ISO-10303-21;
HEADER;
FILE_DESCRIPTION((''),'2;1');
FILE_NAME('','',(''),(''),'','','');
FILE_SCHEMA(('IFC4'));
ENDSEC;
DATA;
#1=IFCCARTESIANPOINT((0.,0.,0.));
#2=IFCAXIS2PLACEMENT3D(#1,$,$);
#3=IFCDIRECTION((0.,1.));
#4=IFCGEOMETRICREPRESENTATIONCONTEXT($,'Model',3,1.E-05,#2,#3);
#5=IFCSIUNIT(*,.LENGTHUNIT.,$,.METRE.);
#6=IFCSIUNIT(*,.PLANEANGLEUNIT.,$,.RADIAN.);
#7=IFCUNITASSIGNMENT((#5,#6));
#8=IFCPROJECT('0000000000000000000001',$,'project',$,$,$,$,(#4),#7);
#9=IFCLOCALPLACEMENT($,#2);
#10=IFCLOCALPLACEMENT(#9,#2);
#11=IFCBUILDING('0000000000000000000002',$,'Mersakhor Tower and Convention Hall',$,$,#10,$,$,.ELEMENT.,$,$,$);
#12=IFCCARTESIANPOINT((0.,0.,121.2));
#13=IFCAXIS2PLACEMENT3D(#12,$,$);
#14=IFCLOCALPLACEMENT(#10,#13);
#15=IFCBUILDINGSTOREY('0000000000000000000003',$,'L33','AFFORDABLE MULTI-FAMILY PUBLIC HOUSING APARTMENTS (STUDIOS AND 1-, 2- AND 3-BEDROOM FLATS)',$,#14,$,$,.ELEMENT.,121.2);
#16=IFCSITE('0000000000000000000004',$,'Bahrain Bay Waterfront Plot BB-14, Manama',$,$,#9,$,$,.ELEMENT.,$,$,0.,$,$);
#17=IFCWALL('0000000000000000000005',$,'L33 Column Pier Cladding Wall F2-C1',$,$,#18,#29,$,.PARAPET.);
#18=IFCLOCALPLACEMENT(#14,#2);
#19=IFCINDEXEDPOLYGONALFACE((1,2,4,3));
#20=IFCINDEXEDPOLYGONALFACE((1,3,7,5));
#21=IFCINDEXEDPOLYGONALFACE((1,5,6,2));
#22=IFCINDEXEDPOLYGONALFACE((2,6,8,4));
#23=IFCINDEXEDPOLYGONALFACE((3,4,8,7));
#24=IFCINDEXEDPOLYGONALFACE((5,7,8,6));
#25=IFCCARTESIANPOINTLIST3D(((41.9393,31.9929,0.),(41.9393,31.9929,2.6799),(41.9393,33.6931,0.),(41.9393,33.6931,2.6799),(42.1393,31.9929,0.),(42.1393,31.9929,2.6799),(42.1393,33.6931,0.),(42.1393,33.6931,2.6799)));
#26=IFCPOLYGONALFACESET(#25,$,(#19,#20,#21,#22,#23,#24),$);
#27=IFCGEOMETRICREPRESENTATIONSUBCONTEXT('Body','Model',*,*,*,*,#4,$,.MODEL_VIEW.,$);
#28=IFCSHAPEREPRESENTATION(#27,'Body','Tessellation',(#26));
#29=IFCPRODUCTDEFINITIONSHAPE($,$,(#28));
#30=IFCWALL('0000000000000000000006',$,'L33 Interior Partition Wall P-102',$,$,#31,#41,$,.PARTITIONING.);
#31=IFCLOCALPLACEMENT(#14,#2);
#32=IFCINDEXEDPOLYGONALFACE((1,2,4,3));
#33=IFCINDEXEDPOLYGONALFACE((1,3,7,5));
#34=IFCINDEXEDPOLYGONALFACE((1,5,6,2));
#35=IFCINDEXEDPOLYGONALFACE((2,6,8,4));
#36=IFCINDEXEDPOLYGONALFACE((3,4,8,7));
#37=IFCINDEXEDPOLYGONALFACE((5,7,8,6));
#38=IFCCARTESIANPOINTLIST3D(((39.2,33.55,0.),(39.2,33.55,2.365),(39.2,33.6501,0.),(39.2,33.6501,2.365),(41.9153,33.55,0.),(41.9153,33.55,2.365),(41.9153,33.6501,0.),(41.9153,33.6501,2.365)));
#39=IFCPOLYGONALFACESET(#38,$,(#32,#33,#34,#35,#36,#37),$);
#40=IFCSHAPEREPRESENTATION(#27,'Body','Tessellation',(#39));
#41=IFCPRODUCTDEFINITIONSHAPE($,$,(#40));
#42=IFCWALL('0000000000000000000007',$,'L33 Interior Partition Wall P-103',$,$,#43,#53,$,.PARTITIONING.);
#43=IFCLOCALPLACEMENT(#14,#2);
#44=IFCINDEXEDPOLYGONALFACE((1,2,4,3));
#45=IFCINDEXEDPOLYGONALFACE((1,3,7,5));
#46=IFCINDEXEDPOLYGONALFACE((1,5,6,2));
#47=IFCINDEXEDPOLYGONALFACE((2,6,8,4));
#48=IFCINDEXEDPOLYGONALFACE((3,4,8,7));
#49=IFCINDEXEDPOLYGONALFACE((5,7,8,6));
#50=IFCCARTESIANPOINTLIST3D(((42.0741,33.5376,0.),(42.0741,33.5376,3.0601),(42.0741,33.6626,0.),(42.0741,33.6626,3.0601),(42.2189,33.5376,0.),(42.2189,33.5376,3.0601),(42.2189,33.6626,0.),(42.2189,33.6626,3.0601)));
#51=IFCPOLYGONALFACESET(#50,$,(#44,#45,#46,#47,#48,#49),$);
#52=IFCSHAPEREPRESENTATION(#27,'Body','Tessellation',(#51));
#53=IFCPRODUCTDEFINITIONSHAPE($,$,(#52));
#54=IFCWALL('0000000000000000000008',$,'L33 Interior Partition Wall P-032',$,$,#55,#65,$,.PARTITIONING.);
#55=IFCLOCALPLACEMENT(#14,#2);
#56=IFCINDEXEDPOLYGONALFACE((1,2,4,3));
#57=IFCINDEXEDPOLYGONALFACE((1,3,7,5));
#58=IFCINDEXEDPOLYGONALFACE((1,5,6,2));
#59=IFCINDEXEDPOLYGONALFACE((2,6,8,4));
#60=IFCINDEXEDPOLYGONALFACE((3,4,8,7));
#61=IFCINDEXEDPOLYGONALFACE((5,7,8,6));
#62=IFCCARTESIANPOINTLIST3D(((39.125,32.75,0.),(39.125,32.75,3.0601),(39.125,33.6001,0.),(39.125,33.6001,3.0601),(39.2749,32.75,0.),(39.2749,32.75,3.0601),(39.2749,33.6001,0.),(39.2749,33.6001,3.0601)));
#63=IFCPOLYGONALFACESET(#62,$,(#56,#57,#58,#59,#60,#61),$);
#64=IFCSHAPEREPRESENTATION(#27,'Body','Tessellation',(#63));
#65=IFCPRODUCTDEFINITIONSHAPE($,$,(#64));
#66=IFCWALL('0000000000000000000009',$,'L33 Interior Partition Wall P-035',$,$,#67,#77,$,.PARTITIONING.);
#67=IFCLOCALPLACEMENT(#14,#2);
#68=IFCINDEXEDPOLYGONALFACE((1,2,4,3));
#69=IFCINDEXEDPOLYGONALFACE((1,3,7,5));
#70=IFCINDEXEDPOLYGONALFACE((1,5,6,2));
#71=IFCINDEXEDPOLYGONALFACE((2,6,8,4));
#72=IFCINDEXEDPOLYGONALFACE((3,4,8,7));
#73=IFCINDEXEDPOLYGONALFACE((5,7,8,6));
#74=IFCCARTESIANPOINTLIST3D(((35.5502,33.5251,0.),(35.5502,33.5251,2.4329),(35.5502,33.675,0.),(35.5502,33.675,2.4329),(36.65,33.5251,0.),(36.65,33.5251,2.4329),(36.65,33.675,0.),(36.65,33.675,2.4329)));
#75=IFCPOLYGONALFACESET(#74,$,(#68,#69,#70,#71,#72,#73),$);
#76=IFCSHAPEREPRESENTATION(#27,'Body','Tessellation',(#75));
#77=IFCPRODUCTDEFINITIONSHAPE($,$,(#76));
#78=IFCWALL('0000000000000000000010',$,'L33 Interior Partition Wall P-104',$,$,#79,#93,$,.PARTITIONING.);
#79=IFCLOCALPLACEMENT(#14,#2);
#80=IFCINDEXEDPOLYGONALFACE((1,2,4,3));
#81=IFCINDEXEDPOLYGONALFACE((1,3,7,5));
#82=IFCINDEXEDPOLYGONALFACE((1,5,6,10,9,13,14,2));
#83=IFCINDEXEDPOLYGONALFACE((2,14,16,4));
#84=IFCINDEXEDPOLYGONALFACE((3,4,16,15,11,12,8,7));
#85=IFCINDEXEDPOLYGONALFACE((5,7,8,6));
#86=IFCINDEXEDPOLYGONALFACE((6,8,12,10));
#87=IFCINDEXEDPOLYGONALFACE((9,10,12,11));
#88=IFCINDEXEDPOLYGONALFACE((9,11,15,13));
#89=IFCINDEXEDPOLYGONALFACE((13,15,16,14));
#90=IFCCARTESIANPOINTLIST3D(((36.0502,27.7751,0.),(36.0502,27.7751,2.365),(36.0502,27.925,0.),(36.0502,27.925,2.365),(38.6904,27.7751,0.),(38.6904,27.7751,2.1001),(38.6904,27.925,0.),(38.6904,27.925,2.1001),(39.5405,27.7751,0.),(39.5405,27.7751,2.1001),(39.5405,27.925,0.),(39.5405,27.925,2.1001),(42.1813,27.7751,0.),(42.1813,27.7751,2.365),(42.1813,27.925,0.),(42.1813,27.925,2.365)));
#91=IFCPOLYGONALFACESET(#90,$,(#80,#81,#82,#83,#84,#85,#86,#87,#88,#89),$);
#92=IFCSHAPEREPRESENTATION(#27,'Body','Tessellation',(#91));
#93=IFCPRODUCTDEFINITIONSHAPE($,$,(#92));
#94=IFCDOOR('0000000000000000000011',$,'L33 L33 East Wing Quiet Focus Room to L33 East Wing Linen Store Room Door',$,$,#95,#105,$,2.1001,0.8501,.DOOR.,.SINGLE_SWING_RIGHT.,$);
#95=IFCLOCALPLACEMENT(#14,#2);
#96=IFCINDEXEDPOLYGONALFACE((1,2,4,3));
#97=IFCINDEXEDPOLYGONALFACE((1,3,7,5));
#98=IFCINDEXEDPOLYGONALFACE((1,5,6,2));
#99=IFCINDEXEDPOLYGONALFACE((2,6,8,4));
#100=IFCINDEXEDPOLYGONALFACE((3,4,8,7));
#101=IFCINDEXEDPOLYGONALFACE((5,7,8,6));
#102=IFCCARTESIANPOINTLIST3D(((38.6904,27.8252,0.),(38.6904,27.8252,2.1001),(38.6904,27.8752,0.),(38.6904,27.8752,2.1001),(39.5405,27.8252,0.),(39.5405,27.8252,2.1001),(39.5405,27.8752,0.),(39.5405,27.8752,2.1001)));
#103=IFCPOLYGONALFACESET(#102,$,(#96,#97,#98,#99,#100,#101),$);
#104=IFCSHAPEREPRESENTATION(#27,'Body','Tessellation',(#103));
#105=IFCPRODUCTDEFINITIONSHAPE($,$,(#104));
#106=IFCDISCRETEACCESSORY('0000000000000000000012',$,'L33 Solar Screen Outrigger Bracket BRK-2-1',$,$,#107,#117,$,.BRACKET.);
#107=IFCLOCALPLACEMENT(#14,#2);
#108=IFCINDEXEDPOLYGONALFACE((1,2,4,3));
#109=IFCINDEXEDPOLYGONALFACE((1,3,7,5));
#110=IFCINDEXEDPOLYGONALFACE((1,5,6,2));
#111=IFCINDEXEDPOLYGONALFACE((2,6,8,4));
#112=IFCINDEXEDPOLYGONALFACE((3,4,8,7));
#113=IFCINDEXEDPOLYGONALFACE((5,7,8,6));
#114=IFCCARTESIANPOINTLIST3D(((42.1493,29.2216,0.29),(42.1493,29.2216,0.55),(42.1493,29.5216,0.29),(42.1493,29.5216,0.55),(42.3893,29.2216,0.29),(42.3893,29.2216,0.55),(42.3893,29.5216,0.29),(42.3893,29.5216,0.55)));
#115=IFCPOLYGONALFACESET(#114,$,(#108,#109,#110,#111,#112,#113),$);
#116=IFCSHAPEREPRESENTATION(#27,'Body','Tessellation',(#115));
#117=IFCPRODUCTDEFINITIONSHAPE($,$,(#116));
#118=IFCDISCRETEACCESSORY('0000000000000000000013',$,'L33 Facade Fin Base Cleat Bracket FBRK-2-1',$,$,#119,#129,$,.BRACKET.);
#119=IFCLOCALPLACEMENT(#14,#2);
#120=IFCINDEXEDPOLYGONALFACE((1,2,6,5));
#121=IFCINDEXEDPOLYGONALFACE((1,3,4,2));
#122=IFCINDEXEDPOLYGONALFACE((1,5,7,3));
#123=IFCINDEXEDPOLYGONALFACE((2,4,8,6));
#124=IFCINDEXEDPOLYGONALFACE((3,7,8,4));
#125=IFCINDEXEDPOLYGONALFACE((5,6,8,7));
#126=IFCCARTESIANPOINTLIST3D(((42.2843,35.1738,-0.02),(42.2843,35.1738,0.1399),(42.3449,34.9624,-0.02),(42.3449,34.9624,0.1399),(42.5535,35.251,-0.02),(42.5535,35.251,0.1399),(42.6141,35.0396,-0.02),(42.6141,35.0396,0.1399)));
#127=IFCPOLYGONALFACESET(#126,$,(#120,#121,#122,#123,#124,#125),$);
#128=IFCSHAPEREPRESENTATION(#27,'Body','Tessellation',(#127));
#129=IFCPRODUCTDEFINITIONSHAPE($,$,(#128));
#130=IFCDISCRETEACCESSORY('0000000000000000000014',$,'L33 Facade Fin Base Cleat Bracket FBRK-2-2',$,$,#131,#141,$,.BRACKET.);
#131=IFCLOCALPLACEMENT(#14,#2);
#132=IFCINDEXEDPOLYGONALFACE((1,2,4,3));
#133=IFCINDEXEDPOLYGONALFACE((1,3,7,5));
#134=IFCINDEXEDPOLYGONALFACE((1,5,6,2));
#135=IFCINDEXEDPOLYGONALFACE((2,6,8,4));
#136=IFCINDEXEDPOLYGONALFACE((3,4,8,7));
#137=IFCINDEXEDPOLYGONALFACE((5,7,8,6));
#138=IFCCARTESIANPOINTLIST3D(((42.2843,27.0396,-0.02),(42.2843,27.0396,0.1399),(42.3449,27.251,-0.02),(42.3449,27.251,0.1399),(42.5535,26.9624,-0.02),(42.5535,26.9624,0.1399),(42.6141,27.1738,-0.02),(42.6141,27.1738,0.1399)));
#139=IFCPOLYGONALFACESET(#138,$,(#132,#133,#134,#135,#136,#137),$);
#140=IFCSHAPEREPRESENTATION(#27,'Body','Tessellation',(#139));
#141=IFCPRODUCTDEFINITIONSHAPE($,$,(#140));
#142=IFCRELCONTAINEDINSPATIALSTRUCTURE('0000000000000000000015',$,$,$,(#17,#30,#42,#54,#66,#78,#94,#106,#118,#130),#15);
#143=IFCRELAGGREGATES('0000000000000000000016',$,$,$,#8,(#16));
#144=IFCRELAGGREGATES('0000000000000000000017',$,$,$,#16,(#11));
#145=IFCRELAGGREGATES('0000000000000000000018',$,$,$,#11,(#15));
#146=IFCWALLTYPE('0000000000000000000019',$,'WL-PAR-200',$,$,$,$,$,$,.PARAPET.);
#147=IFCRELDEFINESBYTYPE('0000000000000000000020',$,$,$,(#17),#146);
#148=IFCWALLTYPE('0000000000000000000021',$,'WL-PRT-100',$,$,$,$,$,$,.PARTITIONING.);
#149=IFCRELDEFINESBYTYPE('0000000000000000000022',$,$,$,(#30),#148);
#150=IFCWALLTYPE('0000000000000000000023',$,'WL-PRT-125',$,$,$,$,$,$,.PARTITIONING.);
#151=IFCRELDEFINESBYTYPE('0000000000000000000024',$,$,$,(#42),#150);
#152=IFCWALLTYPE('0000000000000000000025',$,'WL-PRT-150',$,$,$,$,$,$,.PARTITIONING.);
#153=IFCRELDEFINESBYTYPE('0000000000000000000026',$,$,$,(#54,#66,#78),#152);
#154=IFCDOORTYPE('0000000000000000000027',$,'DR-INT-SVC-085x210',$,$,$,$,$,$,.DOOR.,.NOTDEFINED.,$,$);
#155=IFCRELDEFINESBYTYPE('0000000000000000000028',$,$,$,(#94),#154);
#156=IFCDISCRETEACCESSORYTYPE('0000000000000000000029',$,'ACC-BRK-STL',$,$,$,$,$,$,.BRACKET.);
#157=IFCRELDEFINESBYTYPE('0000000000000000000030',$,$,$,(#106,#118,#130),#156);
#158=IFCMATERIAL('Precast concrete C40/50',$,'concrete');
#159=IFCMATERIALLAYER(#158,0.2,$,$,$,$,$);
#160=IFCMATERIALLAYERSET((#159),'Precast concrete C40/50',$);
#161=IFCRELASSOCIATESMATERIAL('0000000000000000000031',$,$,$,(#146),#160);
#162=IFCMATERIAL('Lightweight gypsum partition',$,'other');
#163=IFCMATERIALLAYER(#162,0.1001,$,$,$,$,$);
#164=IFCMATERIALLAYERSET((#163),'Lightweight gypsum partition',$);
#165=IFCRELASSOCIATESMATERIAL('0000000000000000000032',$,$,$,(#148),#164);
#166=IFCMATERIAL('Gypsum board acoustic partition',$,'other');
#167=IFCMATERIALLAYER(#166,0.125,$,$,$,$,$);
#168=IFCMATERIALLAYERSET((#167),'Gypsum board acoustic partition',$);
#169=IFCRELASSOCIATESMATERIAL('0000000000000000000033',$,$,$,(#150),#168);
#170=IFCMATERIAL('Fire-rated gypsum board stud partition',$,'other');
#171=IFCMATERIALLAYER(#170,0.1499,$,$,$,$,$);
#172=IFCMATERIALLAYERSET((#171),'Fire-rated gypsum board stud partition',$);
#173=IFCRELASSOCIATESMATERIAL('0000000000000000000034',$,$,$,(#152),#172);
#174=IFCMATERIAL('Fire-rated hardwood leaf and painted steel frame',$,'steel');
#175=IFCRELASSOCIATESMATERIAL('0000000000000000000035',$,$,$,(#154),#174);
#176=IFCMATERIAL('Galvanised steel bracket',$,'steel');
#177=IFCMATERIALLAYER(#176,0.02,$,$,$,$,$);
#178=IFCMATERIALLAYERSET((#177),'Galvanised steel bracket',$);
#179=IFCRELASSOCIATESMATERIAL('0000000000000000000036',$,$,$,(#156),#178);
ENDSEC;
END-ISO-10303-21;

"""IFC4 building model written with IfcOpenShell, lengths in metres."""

from ifc_helpers import new_model, si_unit, direction, frame, frame_2d, origin, origin_2d, place, context, subcontext, project, spatial, rectangle, extrude, material, layer, layer_set, type_object, element, fill, save


model = new_model("IFC4")

# Units and contexts
model_context = context("Model", 3, precision=1e-05, world=origin(), true_north=direction((0.0, 1.0)))
body_context = subcontext(model_context, "Body", "Model", "MODEL_VIEW")
ifc_project = project(units=[si_unit("LENGTHUNIT", "METRE"), si_unit("PLANEANGLEUNIT", "RADIAN")], contexts=[model_context])

# Site, building, storey
site_placement = place(None, origin())
site = spatial("IfcSite", under=ifc_project, at=site_placement, Name="Bahrain Bay Waterfront Plot BB-14, Manama", CompositionType="ELEMENT", RefElevation=0.0)
building_placement = place(site_placement, origin())
building = spatial("IfcBuilding", under=site, at=building_placement, Name="Mersakhor Tower and Convention Hall", CompositionType="ELEMENT")
storey_placement = place(building_placement, frame((0.0, 0.0, 121.2)))
storey = spatial("IfcBuildingStorey", under=building, at=storey_placement, Name="L33", Description="AFFORDABLE MULTI-FAMILY PUBLIC HOUSING APARTMENTS (STUDIOS AND 1-, 2- AND 3-BEDROOM FLATS)", CompositionType="ELEMENT", Elevation=121.2)

# Walls
ifc_material_1 = material(Name="Precast concrete C40/50", Category="concrete")
ifc_layer_1 = layer(ifc_material_1, 0.2)
ifc_layer_set_1 = layer_set([ifc_layer_1], Name="Precast concrete C40/50")
wall_type_1 = type_object("IfcWallType", Name="WL-PAR-200", PredefinedType="PARAPET", material=ifc_layer_set_1)
wall_1_placement = place(storey_placement, frame((42.0393, 33.6931, 0.0), z_axis=(0.0, 0.0, 1.0), x_axis=(0.0, -1.0, 0.0)))
element("IfcWall", 1, at=wall_1_placement, inside=storey, type_object=wall_type_1, Name="L33 Column Pier Cladding Wall F2-C1", PredefinedType="PARAPET", context=body_context, shape_type="SweptSolid", body=[
    extrude(rectangle(XDim=1.7002, YDim=0.2, at=frame_2d((0.8501, 0.0))), origin(), (0.0, 0.0, 1.0), 2.6799),
])
ifc_material_2 = material(Name="Lightweight gypsum partition", Category="other")
ifc_layer_2 = layer(ifc_material_2, 0.1001)
ifc_layer_set_2 = layer_set([ifc_layer_2], Name="Lightweight gypsum partition")
wall_type_2 = type_object("IfcWallType", Name="WL-PRT-100", PredefinedType="PARTITIONING", material=ifc_layer_set_2)
wall_2_placement = place(storey_placement, frame((39.2, 33.6001, 0.0), z_axis=(0.0, 0.0, 1.0), x_axis=(1.0, 0.0, 0.0)))
element("IfcWall", 2, at=wall_2_placement, inside=storey, type_object=wall_type_2, Name="L33 Interior Partition Wall P-102", PredefinedType="PARTITIONING", context=body_context, shape_type="SweptSolid", body=[
    extrude(rectangle(XDim=2.7153, YDim=0.1001, at=frame_2d((1.3577, 0.0))), origin(), (0.0, 0.0, 1.0), 2.365),
])
ifc_material_3 = material(Name="Gypsum board acoustic partition", Category="other")
ifc_layer_3 = layer(ifc_material_3, 0.125)
ifc_layer_set_3 = layer_set([ifc_layer_3], Name="Gypsum board acoustic partition")
wall_type_3 = type_object("IfcWallType", Name="WL-PRT-125", PredefinedType="PARTITIONING", material=ifc_layer_set_3)
wall_3_placement = place(storey_placement, frame((42.0742, 33.6001, 0.0), z_axis=(0.0, 0.0, 1.0), x_axis=(1.0, 0.0, 0.0)))
element("IfcWall", 3, at=wall_3_placement, inside=storey, type_object=wall_type_3, Name="L33 Interior Partition Wall P-103", PredefinedType="PARTITIONING", context=body_context, shape_type="SweptSolid", body=[
    extrude(rectangle(XDim=0.1448, YDim=0.125, at=frame_2d((0.0723, 0.0))), origin(), (0.0, 0.0, 1.0), 3.0601),
])
ifc_material_4 = material(Name="Fire-rated gypsum board stud partition", Category="other")
ifc_layer_4 = layer(ifc_material_4, 0.1499)
ifc_layer_set_4 = layer_set([ifc_layer_4], Name="Fire-rated gypsum board stud partition")
wall_type_4 = type_object("IfcWallType", Name="WL-PRT-150", PredefinedType="PARTITIONING", material=ifc_layer_set_4)
wall_4_placement = place(storey_placement, frame((39.2, 33.6001, 0.0), z_axis=(0.0, 0.0, 1.0), x_axis=(0.0, -1.0, 0.0)))
element("IfcWall", 4, at=wall_4_placement, inside=storey, type_object=wall_type_4, Name="L33 Interior Partition Wall P-032", PredefinedType="PARTITIONING", context=body_context, shape_type="SweptSolid", body=[
    extrude(rectangle(XDim=0.8501, YDim=0.1499, at=frame_2d((0.425, 0.0))), origin(), (0.0, 0.0, 1.0), 3.0601),
])

# Wall
wall_5_placement = place(storey_placement, frame((36.6499, 33.6001, 0.0), z_axis=(0.0, 0.0, 1.0), x_axis=(-1.0, 0.0, 0.0)))
element("IfcWall", 5, at=wall_5_placement, inside=storey, type_object=wall_type_4, Name="L33 Interior Partition Wall P-035", PredefinedType="PARTITIONING", context=body_context, shape_type="SweptSolid", body=[
    extrude(rectangle(XDim=1.0999, YDim=0.1499, at=frame_2d((0.5498, 0.0))), origin(), (0.0, 0.0, 1.0), 2.4329),
])

# Wall, opening, door
wall_6_placement = place(storey_placement, frame((42.1812, 27.8501, 0.0), z_axis=(0.0, 0.0, 1.0), x_axis=(-1.0, 0.0, 0.0)))
wall_6 = element("IfcWall", 6, at=wall_6_placement, inside=storey, type_object=wall_type_4, Name="L33 Interior Partition Wall P-104", PredefinedType="PARTITIONING", context=body_context, shape_type="SweptSolid", body=[
    extrude(rectangle(XDim=6.1311, YDim=0.1499, at=frame_2d((3.0654, 0.0))), origin(), (0.0, 0.0, 1.0), 2.365),
])
opening_1_placement = place(wall_6_placement, frame((2.6406, 0.0, 0.0)))
opening_1 = element("IfcOpeningElement", 7, at=opening_1_placement, cuts=wall_6, PredefinedType="OPENING", context=body_context, shape_type="SweptSolid", body=[
    extrude(rectangle(XDim=0.8501, YDim=2.1001, at=frame_2d((0.425, 1.05))), frame((0.0, 0.085, 0.0), z_axis=(0.0, -1.0, 0.0), x_axis=(1.0, 0.0, 0.0)), (0.0, 0.0, 1.0), 0.1699),
])
ifc_material_5 = material(Name="Fire-rated hardwood leaf and painted steel frame", Category="steel")
door_type_1 = type_object("IfcDoorType", Name="DR-INT-SVC-085x210", OperationType="NOTDEFINED", PredefinedType="DOOR", material=ifc_material_5)
door_1_placement = place(opening_1_placement, origin())
door_1 = element("IfcDoor", 8, at=door_1_placement, inside=storey, type_object=door_type_1, Name="L33 L33 East Wing Quiet Focus Room to L33 East Wing Linen Store Room Door", OperationType="SINGLE_SWING_RIGHT", OverallHeight=2.1001, OverallWidth=0.8501, PredefinedType="DOOR", context=body_context, shape_type="SweptSolid", body=[
    extrude(rectangle(XDim=0.8501, YDim=2.1001, at=frame_2d((0.425, 1.05))), frame((0.0, 0.0249, 0.0), z_axis=(0.0, -1.0, 0.0), x_axis=(1.0, 0.0, 0.0)), (0.0, 0.0, 1.0), 0.05),
])
fill(opening_1, door_1)

# Discrete accessories
ifc_material_6 = material(Name="Galvanised steel bracket", Category="steel")
ifc_layer_5 = layer(ifc_material_6, 0.02)
ifc_layer_set_5 = layer_set([ifc_layer_5], Name="Galvanised steel bracket")
discrete_accessory_type = type_object("IfcDiscreteAccessoryType", Name="ACC-BRK-STL", PredefinedType="BRACKET", material=ifc_layer_set_5)
discrete_accessory_placement = place(storey_placement, frame((42.2693, 29.3716, 0.29), z_axis=(0.0, 0.0, 1.0), x_axis=(0.0, -1.0, 0.0)))
element("IfcDiscreteAccessory", 9, at=discrete_accessory_placement, inside=storey, type_object=discrete_accessory_type, Name="L33 Solar Screen Outrigger Bracket BRK-2-1", PredefinedType="BRACKET", context=body_context, shape_type="SweptSolid", body=[
    extrude(rectangle(XDim=0.3, YDim=0.24, at=origin_2d()), origin(), (0.0, 0.0, 1.0), 0.26),
])
for number, where, z_axis, x_axis, name in (
    (10, (42.4492, 35.1067, -0.02), (0.0, 0.0, 1.0), (0.961262, 0.275637, 0.0), "L33 Facade Fin Base Cleat Bracket FBRK-2-1"),
    (11, (42.4492, 27.1067, -0.02), (0.0, 0.0, 1.0), (0.961262, -0.275637, 0.0), "L33 Facade Fin Base Cleat Bracket FBRK-2-2"),
):
    element("IfcDiscreteAccessory", number, at=place(storey_placement, frame(where, z_axis=z_axis, x_axis=x_axis)), inside=storey, type_object=discrete_accessory_type, Name=name, PredefinedType="BRACKET", context=body_context, shape_type="SweptSolid", body=[
        extrude(rectangle(XDim=0.28, YDim=0.22, at=origin_2d()), origin(), (0.0, 0.0, 1.0), 0.1599),
    ])

save(model, "model.ifc")
